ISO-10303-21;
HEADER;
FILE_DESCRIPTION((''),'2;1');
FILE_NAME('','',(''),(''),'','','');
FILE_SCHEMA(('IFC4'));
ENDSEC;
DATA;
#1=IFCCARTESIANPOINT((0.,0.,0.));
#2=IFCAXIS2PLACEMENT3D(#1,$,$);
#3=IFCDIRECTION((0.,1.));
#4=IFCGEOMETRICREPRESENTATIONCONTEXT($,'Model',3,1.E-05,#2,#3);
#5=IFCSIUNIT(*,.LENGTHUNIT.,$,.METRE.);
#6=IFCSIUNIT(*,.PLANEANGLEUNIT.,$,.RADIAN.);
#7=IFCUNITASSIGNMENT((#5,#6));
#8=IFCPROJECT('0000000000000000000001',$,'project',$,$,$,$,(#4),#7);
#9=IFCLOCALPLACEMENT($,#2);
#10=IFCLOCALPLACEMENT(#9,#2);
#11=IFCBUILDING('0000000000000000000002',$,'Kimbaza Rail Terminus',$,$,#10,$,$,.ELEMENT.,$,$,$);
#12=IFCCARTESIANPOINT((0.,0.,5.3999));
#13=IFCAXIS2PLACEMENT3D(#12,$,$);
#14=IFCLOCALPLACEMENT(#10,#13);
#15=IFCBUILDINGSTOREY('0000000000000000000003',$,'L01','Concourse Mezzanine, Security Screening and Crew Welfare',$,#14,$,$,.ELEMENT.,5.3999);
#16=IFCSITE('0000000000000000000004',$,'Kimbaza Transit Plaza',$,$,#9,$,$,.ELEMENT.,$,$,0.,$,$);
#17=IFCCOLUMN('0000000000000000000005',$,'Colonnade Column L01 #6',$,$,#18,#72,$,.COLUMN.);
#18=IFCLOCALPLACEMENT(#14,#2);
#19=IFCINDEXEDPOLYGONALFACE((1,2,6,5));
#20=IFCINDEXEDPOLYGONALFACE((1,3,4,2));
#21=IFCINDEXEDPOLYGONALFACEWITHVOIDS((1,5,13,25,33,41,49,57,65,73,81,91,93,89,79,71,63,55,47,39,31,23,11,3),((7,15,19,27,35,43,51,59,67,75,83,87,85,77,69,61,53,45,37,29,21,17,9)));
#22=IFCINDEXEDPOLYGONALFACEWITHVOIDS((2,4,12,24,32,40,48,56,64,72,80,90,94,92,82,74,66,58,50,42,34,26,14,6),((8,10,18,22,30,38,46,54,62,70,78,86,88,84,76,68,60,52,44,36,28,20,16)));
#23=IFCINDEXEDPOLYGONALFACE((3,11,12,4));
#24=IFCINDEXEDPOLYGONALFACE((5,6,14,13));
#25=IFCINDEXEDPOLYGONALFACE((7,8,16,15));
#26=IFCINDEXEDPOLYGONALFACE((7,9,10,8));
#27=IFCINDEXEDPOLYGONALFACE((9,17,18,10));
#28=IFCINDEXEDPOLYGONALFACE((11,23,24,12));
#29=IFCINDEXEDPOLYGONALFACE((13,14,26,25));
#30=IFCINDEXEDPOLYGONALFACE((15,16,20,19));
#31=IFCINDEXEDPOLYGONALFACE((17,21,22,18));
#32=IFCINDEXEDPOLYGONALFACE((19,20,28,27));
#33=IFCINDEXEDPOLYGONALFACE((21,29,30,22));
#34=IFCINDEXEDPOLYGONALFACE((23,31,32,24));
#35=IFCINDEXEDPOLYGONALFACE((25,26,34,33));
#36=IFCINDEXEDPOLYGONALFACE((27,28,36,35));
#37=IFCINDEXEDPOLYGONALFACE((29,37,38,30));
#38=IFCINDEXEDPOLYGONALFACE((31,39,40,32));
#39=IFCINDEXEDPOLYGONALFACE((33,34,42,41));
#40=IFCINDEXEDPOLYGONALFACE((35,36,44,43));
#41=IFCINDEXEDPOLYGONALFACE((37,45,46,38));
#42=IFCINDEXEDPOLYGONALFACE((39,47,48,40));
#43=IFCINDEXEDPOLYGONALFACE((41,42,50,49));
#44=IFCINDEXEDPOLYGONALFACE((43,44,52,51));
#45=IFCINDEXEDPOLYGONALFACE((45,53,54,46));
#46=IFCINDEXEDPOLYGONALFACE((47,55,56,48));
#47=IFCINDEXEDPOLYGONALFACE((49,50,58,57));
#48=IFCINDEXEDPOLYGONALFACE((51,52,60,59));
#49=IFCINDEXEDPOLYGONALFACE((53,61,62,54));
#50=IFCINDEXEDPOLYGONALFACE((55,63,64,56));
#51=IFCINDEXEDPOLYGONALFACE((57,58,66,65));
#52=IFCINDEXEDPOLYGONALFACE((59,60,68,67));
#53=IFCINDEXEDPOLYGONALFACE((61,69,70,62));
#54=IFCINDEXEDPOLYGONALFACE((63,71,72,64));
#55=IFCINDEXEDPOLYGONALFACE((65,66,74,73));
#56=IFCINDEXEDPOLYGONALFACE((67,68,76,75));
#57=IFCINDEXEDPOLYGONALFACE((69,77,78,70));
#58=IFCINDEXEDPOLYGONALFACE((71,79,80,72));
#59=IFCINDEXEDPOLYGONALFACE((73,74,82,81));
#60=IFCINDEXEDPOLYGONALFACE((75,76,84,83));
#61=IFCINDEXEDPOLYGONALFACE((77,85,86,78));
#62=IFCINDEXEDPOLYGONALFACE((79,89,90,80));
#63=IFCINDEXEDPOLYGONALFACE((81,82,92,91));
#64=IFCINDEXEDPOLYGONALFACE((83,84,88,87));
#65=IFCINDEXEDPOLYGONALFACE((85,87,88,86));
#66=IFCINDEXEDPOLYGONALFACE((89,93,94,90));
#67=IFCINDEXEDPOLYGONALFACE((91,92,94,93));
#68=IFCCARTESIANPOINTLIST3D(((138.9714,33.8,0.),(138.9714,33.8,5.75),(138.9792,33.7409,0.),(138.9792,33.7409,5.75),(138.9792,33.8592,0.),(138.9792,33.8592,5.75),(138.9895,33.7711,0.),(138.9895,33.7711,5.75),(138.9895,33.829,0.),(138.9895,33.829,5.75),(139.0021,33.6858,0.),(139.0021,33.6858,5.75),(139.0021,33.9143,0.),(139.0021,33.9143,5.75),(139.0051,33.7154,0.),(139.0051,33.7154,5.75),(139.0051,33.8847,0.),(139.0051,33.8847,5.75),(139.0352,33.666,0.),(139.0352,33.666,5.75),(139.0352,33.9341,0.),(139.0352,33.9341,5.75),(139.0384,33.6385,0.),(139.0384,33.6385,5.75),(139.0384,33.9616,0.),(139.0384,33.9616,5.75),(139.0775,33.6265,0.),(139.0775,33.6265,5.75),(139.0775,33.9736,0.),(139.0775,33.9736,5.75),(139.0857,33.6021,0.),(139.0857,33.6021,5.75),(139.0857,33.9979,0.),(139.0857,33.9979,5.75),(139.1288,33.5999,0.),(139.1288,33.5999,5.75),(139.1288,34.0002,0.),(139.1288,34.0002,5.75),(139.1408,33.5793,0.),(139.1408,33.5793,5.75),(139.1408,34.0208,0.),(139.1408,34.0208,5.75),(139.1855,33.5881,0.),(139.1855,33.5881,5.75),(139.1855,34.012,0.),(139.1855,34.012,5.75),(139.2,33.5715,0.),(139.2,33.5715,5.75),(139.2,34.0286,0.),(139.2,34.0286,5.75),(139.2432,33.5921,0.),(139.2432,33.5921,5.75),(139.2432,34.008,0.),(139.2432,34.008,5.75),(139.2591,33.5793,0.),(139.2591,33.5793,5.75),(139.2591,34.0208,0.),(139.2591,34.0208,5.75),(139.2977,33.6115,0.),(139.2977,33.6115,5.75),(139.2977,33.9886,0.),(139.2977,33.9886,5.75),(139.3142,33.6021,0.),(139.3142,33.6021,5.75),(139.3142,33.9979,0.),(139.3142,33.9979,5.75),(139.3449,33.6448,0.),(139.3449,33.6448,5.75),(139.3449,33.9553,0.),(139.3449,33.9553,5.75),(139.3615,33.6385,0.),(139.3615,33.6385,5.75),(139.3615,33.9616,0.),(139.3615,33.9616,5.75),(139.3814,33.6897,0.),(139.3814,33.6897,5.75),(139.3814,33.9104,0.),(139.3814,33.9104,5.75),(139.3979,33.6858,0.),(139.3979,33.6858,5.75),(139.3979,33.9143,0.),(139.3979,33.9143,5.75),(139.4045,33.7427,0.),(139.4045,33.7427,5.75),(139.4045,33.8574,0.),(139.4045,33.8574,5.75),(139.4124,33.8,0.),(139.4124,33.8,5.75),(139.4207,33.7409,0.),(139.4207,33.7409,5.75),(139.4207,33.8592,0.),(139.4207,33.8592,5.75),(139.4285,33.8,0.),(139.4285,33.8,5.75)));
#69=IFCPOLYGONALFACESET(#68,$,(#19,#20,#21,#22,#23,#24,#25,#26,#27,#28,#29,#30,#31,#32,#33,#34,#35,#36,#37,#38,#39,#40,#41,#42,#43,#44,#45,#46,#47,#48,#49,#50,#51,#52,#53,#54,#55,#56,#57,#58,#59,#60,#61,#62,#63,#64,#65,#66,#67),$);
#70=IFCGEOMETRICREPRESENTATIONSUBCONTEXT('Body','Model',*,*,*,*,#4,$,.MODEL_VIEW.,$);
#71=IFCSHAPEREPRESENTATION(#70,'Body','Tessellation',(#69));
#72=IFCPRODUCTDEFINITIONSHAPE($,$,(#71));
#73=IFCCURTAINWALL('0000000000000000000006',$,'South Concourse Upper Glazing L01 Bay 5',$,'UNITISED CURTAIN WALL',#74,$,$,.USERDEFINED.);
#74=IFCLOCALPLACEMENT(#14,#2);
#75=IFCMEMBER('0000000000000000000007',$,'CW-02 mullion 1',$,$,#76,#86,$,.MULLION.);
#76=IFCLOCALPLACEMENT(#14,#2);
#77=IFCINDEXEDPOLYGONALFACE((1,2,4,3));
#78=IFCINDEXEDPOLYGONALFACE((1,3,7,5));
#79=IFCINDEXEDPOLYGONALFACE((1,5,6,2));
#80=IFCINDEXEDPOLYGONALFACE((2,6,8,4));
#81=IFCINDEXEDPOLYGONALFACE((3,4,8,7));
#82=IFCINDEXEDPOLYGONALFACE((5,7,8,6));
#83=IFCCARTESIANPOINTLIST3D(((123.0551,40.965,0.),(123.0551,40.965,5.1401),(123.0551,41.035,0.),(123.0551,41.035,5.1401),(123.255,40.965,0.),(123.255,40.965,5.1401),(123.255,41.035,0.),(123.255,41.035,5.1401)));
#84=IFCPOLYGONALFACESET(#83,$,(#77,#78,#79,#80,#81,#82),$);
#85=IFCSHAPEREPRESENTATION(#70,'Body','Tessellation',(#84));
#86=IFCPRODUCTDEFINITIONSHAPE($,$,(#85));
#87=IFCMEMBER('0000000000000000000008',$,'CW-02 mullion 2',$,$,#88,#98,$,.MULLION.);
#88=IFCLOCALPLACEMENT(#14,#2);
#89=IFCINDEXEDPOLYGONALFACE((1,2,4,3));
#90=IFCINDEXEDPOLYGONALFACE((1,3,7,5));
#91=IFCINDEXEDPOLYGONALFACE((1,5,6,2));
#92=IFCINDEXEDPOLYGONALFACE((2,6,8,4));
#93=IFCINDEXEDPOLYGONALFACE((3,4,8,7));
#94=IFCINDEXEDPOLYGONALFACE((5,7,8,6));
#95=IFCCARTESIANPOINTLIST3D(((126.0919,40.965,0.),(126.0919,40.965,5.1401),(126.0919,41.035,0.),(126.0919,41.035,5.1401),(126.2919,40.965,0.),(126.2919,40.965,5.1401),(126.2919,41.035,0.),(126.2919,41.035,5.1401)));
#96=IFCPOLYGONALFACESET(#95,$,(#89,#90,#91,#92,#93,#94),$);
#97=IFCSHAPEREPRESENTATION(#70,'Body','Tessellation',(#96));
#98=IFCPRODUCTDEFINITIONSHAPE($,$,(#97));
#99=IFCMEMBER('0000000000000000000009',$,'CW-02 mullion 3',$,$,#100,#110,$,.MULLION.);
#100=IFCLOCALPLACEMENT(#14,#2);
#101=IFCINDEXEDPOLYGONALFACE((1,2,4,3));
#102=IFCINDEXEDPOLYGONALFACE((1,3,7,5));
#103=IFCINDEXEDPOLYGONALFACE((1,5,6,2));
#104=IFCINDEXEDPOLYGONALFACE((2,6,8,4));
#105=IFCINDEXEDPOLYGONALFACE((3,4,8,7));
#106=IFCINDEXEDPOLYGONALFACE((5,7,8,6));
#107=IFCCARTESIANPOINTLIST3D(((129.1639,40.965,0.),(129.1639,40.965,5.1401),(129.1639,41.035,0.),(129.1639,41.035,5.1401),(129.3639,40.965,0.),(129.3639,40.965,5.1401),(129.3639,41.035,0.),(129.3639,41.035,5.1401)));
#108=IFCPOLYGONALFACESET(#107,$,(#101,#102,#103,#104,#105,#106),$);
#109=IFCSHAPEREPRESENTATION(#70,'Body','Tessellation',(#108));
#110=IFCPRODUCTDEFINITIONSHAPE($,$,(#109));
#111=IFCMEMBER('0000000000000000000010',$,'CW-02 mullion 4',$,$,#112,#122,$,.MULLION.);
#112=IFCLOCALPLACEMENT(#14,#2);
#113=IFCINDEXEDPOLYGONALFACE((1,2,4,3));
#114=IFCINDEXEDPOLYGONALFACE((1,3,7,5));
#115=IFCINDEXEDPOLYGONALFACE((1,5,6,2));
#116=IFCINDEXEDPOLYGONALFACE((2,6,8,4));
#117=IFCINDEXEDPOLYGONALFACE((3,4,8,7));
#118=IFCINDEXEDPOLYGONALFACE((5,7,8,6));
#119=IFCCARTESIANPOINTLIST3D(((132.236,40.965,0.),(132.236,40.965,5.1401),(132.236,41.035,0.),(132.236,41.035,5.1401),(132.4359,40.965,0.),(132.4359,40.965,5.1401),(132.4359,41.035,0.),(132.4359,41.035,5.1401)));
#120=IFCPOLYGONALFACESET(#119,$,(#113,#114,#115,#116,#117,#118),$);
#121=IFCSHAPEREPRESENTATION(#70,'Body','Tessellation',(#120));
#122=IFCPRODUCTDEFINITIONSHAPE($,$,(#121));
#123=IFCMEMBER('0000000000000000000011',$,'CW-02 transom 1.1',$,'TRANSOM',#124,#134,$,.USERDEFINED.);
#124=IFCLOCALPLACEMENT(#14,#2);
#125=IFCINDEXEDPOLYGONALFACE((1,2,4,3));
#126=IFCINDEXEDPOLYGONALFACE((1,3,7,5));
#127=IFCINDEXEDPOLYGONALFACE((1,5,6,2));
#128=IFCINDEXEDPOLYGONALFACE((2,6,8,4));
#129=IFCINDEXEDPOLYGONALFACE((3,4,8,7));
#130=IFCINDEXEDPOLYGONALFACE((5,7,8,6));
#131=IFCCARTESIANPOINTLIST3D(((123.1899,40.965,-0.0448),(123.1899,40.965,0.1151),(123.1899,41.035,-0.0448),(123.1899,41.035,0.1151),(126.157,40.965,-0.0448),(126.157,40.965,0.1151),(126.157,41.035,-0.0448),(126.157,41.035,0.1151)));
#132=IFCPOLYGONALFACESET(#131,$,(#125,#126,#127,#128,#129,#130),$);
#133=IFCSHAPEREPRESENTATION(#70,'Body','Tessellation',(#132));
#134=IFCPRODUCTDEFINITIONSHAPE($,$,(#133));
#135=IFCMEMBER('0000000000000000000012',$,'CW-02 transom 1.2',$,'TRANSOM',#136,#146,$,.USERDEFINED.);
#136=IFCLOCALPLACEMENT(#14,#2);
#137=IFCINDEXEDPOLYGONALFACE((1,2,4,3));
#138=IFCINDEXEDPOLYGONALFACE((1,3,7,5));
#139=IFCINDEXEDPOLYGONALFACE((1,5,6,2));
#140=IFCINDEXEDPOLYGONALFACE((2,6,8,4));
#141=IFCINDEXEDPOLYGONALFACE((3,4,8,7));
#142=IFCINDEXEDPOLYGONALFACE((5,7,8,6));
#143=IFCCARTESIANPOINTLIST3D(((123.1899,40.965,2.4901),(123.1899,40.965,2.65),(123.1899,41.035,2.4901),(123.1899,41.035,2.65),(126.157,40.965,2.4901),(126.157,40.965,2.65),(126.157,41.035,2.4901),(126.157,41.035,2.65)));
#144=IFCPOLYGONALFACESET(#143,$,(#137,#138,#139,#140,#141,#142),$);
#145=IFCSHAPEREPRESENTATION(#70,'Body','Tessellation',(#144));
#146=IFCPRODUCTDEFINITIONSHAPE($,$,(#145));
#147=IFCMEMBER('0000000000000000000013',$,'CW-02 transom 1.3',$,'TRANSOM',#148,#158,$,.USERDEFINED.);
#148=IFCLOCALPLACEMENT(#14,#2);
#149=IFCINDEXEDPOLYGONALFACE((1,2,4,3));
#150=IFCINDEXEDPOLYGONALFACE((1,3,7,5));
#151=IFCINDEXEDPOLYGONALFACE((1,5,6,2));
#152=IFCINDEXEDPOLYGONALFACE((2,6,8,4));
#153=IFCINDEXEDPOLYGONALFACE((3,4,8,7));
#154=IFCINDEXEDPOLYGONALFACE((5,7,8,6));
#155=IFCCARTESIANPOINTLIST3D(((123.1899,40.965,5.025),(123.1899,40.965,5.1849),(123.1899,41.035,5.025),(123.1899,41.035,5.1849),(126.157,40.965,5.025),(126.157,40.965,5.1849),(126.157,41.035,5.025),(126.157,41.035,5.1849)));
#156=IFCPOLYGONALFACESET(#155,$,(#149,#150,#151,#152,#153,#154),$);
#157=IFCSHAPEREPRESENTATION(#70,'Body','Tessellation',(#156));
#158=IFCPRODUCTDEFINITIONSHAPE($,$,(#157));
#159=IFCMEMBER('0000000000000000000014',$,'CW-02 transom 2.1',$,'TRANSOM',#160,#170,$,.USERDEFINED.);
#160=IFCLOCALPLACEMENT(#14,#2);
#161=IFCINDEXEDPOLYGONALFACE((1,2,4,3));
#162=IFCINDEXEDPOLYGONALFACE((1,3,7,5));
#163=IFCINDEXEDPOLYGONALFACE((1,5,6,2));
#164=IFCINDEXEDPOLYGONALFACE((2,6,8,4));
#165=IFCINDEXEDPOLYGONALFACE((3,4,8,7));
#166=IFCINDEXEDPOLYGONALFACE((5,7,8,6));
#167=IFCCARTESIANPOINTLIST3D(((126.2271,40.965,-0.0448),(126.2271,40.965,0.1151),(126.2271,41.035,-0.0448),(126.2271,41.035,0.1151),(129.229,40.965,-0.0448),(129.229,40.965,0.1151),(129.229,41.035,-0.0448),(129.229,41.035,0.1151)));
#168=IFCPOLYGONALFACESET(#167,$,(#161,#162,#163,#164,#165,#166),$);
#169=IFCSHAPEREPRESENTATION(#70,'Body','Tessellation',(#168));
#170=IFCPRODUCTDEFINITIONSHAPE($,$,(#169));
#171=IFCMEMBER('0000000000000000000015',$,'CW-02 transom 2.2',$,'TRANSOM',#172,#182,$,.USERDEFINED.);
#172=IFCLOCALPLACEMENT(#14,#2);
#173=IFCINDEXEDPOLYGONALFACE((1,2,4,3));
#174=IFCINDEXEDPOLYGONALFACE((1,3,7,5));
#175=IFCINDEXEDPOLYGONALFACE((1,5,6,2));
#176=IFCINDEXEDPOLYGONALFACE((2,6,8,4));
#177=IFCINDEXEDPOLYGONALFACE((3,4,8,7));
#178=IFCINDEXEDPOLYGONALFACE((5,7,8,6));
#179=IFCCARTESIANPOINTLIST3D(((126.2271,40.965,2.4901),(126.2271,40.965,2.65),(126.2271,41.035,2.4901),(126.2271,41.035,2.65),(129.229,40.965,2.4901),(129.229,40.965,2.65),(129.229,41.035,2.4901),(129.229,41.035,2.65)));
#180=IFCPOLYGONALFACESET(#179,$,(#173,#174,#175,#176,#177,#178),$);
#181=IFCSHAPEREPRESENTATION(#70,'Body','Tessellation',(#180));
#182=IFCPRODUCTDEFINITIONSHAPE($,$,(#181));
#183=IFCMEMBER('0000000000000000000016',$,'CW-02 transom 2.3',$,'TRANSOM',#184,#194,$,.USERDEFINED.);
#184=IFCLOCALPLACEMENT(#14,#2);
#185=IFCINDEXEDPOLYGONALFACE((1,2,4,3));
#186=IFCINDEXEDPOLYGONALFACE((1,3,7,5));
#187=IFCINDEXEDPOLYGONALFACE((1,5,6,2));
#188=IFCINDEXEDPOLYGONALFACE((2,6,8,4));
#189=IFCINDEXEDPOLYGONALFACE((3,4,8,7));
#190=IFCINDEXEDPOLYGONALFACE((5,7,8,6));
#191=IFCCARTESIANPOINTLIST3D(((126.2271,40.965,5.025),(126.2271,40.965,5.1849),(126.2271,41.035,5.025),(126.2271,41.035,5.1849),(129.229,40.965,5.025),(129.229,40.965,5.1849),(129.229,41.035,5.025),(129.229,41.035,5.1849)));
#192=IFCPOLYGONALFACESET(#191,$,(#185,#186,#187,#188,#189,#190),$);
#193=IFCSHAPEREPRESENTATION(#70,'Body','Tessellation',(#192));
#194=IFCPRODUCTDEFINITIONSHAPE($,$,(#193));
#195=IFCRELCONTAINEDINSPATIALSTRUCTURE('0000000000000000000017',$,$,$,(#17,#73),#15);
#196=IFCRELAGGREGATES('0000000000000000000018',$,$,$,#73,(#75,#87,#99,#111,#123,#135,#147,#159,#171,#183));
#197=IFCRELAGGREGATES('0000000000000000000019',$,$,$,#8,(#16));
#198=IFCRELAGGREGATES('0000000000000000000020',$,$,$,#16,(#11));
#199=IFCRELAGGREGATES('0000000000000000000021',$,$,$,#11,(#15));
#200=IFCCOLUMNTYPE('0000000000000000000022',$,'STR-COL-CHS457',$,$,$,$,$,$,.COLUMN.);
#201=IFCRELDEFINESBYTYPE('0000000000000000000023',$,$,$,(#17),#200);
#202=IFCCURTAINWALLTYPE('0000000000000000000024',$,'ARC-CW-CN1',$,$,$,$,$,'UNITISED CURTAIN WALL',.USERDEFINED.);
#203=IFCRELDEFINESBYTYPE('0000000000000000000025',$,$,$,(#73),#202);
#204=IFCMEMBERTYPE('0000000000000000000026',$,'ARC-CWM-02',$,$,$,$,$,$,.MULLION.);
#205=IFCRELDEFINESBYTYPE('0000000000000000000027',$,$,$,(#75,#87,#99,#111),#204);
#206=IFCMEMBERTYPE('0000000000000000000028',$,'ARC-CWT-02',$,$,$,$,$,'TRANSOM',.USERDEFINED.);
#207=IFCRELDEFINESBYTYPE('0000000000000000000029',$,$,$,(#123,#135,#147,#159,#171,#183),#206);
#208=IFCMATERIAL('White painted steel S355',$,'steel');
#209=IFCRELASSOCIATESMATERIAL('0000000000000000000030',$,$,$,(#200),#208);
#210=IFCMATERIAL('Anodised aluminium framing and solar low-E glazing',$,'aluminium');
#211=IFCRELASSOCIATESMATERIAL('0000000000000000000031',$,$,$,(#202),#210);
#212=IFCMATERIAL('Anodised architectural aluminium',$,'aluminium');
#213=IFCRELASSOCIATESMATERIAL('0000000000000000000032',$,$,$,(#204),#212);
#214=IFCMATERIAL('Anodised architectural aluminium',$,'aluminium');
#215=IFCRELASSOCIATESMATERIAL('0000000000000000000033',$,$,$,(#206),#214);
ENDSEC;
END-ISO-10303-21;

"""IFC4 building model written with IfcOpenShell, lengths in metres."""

from ifc_helpers import new_model, si_unit, direction, frame, origin, origin_2d, place, context, subcontext, project, spatial, rectangle, hollow_circle, extrude, material, material_profile, profile_set, type_object, element, aggregate, save


model = new_model("IFC4")

# Units and contexts
model_context = context("Model", 3, precision=1e-05, world=origin(), true_north=direction((0.0, 1.0)))
body_context = subcontext(model_context, "Body", "Model", "MODEL_VIEW")
ifc_project = project(units=[si_unit("LENGTHUNIT", "METRE"), si_unit("PLANEANGLEUNIT", "RADIAN")], contexts=[model_context])

# Site, building, storey
site_placement = place(None, origin())
site = spatial("IfcSite", under=ifc_project, at=site_placement, Name="Kimbaza Transit Plaza", CompositionType="ELEMENT", RefElevation=0.0)
building_placement = place(site_placement, origin())
building = spatial("IfcBuilding", under=site, at=building_placement, Name="Kimbaza Rail Terminus", CompositionType="ELEMENT")
storey_placement = place(building_placement, frame((0.0, 0.0, 5.3999)))
storey = spatial("IfcBuildingStorey", under=building, at=storey_placement, Name="L01", Description="Concourse Mezzanine, Security Screening and Crew Welfare", CompositionType="ELEMENT", Elevation=5.3999)

# Column
ifc_material_1 = material(Name="White painted steel S355", Category="steel")
ifc_material_profile_1 = material_profile(ifc_material_1, hollow_circle(Radius=0.2285, WallThickness=0.0161, at=origin_2d()), Name="CHS 457x16")
ifc_profile_set_1 = profile_set([ifc_material_profile_1], Name="White painted steel S355")
column_type = type_object("IfcColumnType", Name="STR-COL-CHS457", PredefinedType="COLUMN", material=ifc_profile_set_1)
column_placement = place(storey_placement, frame((139.2, 33.8, 0.0), z_axis=(0.0, 0.0, 1.0), x_axis=(1.0, 0.0, 0.0)))
element("IfcColumn", 1, at=column_placement, inside=storey, type_object=column_type, Name="Colonnade Column L01 #6", PredefinedType="COLUMN", context=body_context, shape_type="SweptSolid", body=[
    extrude(hollow_circle(Radius=0.2285, WallThickness=0.0161, at=origin_2d()), origin(), (0.0, 0.0, 1.0), 5.75),
])

# Curtain wall, members
ifc_material_2 = material(Name="Anodised aluminium framing and solar low-E glazing", Category="aluminium")
curtain_wall_type = type_object("IfcCurtainWallType", Name="ARC-CW-CN1", ElementType="UNITISED CURTAIN WALL", PredefinedType="USERDEFINED", material=ifc_material_2)
curtain_wall_placement = place(storey_placement, origin())
curtain_wall = element("IfcCurtainWall", 2, at=curtain_wall_placement, inside=storey, type_object=curtain_wall_type, Name="South Concourse Upper Glazing L01 Bay 5", ObjectType="UNITISED CURTAIN WALL", PredefinedType="USERDEFINED")
ifc_material_3 = material(Name="Anodised architectural aluminium", Category="aluminium")
ifc_material_profile_2 = material_profile(ifc_material_3, rectangle(XDim=0.0701, YDim=0.2, at=origin_2d()), Name="MULLION 70x200")
ifc_profile_set_2 = profile_set([ifc_material_profile_2], Name="Anodised architectural aluminium")
member_type_1 = type_object("IfcMemberType", Name="ARC-CWM-02", PredefinedType="MULLION", material=ifc_profile_set_2)
member_1_placement = place(storey_placement, frame((123.155, 41.0, 0.0), z_axis=(0.0, 0.0, 1.0), x_axis=(0.0, 1.0, 0.0)))
member_1 = element("IfcMember", 3, at=member_1_placement, type_object=member_type_1, Name="CW-02 mullion 1", PredefinedType="MULLION", context=body_context, shape_type="SweptSolid", body=[
    extrude(rectangle(XDim=0.0701, YDim=0.2, at=origin_2d()), origin(), (0.0, 0.0, 1.0), 5.1401),
])
member_2_placement = place(storey_placement, frame((126.1919, 41.0, 0.0), z_axis=(0.0, 0.0, 1.0), x_axis=(0.0, 1.0, 0.0)))
member_2 = element("IfcMember", 4, at=member_2_placement, type_object=member_type_1, Name="CW-02 mullion 2", PredefinedType="MULLION", context=body_context, shape_type="SweptSolid", body=[
    extrude(rectangle(XDim=0.0701, YDim=0.2, at=origin_2d()), origin(), (0.0, 0.0, 1.0), 5.1401),
])
member_3_placement = place(storey_placement, frame((129.2639, 41.0, 0.0), z_axis=(0.0, 0.0, 1.0), x_axis=(0.0, 1.0, 0.0)))
member_3 = element("IfcMember", 5, at=member_3_placement, type_object=member_type_1, Name="CW-02 mullion 3", PredefinedType="MULLION", context=body_context, shape_type="SweptSolid", body=[
    extrude(rectangle(XDim=0.0701, YDim=0.2, at=origin_2d()), origin(), (0.0, 0.0, 1.0), 5.1401),
])
member_4_placement = place(storey_placement, frame((132.3359, 41.0, 0.0), z_axis=(0.0, 0.0, 1.0), x_axis=(0.0, 1.0, 0.0)))
member_4 = element("IfcMember", 6, at=member_4_placement, type_object=member_type_1, Name="CW-02 mullion 4", PredefinedType="MULLION", context=body_context, shape_type="SweptSolid", body=[
    extrude(rectangle(XDim=0.0701, YDim=0.2, at=origin_2d()), origin(), (0.0, 0.0, 1.0), 5.1401),
])
ifc_material_4 = material(Name="Anodised architectural aluminium", Category="aluminium")
ifc_material_profile_3 = material_profile(ifc_material_4, rectangle(XDim=0.0701, YDim=0.1599, at=origin_2d()), Name="TRANSOM 70x160")
ifc_profile_set_3 = profile_set([ifc_material_profile_3], Name="Anodised architectural aluminium")
member_type_2 = type_object("IfcMemberType", Name="ARC-CWT-02", ElementType="TRANSOM", PredefinedType="USERDEFINED", material=ifc_profile_set_3)
member_5_placement = place(storey_placement, frame((123.1899, 41.0, 0.0352), z_axis=(1.0, 0.0, 0.0), x_axis=(0.0, 1.0, 0.0)))
member_5 = element("IfcMember", 7, at=member_5_placement, type_object=member_type_2, Name="CW-02 transom 1.1", ObjectType="TRANSOM", PredefinedType="USERDEFINED", context=body_context, shape_type="SweptSolid", body=[
    extrude(rectangle(XDim=0.0701, YDim=0.1599, at=origin_2d()), origin(), (0.0, 0.0, 1.0), 2.967),
])
member_6_placement = place(storey_placement, frame((123.1899, 41.0, 2.5701), z_axis=(1.0, 0.0, 0.0), x_axis=(0.0, 1.0, 0.0)))
member_6 = element("IfcMember", 8, at=member_6_placement, type_object=member_type_2, Name="CW-02 transom 1.2", ObjectType="TRANSOM", PredefinedType="USERDEFINED", context=body_context, shape_type="SweptSolid", body=[
    extrude(rectangle(XDim=0.0701, YDim=0.1599, at=origin_2d()), origin(), (0.0, 0.0, 1.0), 2.967),
])
member_7_placement = place(storey_placement, frame((123.1899, 41.0, 5.105), z_axis=(1.0, 0.0, 0.0), x_axis=(0.0, 1.0, 0.0)))
member_7 = element("IfcMember", 9, at=member_7_placement, type_object=member_type_2, Name="CW-02 transom 1.3", ObjectType="TRANSOM", PredefinedType="USERDEFINED", context=body_context, shape_type="SweptSolid", body=[
    extrude(rectangle(XDim=0.0701, YDim=0.1599, at=origin_2d()), origin(), (0.0, 0.0, 1.0), 2.967),
])
member_8_placement = place(storey_placement, frame((126.2271, 41.0, 0.0352), z_axis=(1.0, 0.0, 0.0), x_axis=(0.0, 1.0, 0.0)))
member_8 = element("IfcMember", 10, at=member_8_placement, type_object=member_type_2, Name="CW-02 transom 2.1", ObjectType="TRANSOM", PredefinedType="USERDEFINED", context=body_context, shape_type="SweptSolid", body=[
    extrude(rectangle(XDim=0.0701, YDim=0.1599, at=origin_2d()), origin(), (0.0, 0.0, 1.0), 3.002),
])
member_9_placement = place(storey_placement, frame((126.2271, 41.0, 2.5701), z_axis=(1.0, 0.0, 0.0), x_axis=(0.0, 1.0, 0.0)))
member_9 = element("IfcMember", 11, at=member_9_placement, type_object=member_type_2, Name="CW-02 transom 2.2", ObjectType="TRANSOM", PredefinedType="USERDEFINED", context=body_context, shape_type="SweptSolid", body=[
    extrude(rectangle(XDim=0.0701, YDim=0.1599, at=origin_2d()), origin(), (0.0, 0.0, 1.0), 3.002),
])
member_10_placement = place(storey_placement, frame((126.2271, 41.0, 5.105), z_axis=(1.0, 0.0, 0.0), x_axis=(0.0, 1.0, 0.0)))
member_10 = element("IfcMember", 12, at=member_10_placement, type_object=member_type_2, Name="CW-02 transom 2.3", ObjectType="TRANSOM", PredefinedType="USERDEFINED", context=body_context, shape_type="SweptSolid", body=[
    extrude(rectangle(XDim=0.0701, YDim=0.1599, at=origin_2d()), origin(), (0.0, 0.0, 1.0), 3.002),
])

aggregate(curtain_wall, [member_1, member_2, member_3, member_4, member_5, member_6, member_7, member_8, member_9, member_10])

save(model, "model.ifc")
